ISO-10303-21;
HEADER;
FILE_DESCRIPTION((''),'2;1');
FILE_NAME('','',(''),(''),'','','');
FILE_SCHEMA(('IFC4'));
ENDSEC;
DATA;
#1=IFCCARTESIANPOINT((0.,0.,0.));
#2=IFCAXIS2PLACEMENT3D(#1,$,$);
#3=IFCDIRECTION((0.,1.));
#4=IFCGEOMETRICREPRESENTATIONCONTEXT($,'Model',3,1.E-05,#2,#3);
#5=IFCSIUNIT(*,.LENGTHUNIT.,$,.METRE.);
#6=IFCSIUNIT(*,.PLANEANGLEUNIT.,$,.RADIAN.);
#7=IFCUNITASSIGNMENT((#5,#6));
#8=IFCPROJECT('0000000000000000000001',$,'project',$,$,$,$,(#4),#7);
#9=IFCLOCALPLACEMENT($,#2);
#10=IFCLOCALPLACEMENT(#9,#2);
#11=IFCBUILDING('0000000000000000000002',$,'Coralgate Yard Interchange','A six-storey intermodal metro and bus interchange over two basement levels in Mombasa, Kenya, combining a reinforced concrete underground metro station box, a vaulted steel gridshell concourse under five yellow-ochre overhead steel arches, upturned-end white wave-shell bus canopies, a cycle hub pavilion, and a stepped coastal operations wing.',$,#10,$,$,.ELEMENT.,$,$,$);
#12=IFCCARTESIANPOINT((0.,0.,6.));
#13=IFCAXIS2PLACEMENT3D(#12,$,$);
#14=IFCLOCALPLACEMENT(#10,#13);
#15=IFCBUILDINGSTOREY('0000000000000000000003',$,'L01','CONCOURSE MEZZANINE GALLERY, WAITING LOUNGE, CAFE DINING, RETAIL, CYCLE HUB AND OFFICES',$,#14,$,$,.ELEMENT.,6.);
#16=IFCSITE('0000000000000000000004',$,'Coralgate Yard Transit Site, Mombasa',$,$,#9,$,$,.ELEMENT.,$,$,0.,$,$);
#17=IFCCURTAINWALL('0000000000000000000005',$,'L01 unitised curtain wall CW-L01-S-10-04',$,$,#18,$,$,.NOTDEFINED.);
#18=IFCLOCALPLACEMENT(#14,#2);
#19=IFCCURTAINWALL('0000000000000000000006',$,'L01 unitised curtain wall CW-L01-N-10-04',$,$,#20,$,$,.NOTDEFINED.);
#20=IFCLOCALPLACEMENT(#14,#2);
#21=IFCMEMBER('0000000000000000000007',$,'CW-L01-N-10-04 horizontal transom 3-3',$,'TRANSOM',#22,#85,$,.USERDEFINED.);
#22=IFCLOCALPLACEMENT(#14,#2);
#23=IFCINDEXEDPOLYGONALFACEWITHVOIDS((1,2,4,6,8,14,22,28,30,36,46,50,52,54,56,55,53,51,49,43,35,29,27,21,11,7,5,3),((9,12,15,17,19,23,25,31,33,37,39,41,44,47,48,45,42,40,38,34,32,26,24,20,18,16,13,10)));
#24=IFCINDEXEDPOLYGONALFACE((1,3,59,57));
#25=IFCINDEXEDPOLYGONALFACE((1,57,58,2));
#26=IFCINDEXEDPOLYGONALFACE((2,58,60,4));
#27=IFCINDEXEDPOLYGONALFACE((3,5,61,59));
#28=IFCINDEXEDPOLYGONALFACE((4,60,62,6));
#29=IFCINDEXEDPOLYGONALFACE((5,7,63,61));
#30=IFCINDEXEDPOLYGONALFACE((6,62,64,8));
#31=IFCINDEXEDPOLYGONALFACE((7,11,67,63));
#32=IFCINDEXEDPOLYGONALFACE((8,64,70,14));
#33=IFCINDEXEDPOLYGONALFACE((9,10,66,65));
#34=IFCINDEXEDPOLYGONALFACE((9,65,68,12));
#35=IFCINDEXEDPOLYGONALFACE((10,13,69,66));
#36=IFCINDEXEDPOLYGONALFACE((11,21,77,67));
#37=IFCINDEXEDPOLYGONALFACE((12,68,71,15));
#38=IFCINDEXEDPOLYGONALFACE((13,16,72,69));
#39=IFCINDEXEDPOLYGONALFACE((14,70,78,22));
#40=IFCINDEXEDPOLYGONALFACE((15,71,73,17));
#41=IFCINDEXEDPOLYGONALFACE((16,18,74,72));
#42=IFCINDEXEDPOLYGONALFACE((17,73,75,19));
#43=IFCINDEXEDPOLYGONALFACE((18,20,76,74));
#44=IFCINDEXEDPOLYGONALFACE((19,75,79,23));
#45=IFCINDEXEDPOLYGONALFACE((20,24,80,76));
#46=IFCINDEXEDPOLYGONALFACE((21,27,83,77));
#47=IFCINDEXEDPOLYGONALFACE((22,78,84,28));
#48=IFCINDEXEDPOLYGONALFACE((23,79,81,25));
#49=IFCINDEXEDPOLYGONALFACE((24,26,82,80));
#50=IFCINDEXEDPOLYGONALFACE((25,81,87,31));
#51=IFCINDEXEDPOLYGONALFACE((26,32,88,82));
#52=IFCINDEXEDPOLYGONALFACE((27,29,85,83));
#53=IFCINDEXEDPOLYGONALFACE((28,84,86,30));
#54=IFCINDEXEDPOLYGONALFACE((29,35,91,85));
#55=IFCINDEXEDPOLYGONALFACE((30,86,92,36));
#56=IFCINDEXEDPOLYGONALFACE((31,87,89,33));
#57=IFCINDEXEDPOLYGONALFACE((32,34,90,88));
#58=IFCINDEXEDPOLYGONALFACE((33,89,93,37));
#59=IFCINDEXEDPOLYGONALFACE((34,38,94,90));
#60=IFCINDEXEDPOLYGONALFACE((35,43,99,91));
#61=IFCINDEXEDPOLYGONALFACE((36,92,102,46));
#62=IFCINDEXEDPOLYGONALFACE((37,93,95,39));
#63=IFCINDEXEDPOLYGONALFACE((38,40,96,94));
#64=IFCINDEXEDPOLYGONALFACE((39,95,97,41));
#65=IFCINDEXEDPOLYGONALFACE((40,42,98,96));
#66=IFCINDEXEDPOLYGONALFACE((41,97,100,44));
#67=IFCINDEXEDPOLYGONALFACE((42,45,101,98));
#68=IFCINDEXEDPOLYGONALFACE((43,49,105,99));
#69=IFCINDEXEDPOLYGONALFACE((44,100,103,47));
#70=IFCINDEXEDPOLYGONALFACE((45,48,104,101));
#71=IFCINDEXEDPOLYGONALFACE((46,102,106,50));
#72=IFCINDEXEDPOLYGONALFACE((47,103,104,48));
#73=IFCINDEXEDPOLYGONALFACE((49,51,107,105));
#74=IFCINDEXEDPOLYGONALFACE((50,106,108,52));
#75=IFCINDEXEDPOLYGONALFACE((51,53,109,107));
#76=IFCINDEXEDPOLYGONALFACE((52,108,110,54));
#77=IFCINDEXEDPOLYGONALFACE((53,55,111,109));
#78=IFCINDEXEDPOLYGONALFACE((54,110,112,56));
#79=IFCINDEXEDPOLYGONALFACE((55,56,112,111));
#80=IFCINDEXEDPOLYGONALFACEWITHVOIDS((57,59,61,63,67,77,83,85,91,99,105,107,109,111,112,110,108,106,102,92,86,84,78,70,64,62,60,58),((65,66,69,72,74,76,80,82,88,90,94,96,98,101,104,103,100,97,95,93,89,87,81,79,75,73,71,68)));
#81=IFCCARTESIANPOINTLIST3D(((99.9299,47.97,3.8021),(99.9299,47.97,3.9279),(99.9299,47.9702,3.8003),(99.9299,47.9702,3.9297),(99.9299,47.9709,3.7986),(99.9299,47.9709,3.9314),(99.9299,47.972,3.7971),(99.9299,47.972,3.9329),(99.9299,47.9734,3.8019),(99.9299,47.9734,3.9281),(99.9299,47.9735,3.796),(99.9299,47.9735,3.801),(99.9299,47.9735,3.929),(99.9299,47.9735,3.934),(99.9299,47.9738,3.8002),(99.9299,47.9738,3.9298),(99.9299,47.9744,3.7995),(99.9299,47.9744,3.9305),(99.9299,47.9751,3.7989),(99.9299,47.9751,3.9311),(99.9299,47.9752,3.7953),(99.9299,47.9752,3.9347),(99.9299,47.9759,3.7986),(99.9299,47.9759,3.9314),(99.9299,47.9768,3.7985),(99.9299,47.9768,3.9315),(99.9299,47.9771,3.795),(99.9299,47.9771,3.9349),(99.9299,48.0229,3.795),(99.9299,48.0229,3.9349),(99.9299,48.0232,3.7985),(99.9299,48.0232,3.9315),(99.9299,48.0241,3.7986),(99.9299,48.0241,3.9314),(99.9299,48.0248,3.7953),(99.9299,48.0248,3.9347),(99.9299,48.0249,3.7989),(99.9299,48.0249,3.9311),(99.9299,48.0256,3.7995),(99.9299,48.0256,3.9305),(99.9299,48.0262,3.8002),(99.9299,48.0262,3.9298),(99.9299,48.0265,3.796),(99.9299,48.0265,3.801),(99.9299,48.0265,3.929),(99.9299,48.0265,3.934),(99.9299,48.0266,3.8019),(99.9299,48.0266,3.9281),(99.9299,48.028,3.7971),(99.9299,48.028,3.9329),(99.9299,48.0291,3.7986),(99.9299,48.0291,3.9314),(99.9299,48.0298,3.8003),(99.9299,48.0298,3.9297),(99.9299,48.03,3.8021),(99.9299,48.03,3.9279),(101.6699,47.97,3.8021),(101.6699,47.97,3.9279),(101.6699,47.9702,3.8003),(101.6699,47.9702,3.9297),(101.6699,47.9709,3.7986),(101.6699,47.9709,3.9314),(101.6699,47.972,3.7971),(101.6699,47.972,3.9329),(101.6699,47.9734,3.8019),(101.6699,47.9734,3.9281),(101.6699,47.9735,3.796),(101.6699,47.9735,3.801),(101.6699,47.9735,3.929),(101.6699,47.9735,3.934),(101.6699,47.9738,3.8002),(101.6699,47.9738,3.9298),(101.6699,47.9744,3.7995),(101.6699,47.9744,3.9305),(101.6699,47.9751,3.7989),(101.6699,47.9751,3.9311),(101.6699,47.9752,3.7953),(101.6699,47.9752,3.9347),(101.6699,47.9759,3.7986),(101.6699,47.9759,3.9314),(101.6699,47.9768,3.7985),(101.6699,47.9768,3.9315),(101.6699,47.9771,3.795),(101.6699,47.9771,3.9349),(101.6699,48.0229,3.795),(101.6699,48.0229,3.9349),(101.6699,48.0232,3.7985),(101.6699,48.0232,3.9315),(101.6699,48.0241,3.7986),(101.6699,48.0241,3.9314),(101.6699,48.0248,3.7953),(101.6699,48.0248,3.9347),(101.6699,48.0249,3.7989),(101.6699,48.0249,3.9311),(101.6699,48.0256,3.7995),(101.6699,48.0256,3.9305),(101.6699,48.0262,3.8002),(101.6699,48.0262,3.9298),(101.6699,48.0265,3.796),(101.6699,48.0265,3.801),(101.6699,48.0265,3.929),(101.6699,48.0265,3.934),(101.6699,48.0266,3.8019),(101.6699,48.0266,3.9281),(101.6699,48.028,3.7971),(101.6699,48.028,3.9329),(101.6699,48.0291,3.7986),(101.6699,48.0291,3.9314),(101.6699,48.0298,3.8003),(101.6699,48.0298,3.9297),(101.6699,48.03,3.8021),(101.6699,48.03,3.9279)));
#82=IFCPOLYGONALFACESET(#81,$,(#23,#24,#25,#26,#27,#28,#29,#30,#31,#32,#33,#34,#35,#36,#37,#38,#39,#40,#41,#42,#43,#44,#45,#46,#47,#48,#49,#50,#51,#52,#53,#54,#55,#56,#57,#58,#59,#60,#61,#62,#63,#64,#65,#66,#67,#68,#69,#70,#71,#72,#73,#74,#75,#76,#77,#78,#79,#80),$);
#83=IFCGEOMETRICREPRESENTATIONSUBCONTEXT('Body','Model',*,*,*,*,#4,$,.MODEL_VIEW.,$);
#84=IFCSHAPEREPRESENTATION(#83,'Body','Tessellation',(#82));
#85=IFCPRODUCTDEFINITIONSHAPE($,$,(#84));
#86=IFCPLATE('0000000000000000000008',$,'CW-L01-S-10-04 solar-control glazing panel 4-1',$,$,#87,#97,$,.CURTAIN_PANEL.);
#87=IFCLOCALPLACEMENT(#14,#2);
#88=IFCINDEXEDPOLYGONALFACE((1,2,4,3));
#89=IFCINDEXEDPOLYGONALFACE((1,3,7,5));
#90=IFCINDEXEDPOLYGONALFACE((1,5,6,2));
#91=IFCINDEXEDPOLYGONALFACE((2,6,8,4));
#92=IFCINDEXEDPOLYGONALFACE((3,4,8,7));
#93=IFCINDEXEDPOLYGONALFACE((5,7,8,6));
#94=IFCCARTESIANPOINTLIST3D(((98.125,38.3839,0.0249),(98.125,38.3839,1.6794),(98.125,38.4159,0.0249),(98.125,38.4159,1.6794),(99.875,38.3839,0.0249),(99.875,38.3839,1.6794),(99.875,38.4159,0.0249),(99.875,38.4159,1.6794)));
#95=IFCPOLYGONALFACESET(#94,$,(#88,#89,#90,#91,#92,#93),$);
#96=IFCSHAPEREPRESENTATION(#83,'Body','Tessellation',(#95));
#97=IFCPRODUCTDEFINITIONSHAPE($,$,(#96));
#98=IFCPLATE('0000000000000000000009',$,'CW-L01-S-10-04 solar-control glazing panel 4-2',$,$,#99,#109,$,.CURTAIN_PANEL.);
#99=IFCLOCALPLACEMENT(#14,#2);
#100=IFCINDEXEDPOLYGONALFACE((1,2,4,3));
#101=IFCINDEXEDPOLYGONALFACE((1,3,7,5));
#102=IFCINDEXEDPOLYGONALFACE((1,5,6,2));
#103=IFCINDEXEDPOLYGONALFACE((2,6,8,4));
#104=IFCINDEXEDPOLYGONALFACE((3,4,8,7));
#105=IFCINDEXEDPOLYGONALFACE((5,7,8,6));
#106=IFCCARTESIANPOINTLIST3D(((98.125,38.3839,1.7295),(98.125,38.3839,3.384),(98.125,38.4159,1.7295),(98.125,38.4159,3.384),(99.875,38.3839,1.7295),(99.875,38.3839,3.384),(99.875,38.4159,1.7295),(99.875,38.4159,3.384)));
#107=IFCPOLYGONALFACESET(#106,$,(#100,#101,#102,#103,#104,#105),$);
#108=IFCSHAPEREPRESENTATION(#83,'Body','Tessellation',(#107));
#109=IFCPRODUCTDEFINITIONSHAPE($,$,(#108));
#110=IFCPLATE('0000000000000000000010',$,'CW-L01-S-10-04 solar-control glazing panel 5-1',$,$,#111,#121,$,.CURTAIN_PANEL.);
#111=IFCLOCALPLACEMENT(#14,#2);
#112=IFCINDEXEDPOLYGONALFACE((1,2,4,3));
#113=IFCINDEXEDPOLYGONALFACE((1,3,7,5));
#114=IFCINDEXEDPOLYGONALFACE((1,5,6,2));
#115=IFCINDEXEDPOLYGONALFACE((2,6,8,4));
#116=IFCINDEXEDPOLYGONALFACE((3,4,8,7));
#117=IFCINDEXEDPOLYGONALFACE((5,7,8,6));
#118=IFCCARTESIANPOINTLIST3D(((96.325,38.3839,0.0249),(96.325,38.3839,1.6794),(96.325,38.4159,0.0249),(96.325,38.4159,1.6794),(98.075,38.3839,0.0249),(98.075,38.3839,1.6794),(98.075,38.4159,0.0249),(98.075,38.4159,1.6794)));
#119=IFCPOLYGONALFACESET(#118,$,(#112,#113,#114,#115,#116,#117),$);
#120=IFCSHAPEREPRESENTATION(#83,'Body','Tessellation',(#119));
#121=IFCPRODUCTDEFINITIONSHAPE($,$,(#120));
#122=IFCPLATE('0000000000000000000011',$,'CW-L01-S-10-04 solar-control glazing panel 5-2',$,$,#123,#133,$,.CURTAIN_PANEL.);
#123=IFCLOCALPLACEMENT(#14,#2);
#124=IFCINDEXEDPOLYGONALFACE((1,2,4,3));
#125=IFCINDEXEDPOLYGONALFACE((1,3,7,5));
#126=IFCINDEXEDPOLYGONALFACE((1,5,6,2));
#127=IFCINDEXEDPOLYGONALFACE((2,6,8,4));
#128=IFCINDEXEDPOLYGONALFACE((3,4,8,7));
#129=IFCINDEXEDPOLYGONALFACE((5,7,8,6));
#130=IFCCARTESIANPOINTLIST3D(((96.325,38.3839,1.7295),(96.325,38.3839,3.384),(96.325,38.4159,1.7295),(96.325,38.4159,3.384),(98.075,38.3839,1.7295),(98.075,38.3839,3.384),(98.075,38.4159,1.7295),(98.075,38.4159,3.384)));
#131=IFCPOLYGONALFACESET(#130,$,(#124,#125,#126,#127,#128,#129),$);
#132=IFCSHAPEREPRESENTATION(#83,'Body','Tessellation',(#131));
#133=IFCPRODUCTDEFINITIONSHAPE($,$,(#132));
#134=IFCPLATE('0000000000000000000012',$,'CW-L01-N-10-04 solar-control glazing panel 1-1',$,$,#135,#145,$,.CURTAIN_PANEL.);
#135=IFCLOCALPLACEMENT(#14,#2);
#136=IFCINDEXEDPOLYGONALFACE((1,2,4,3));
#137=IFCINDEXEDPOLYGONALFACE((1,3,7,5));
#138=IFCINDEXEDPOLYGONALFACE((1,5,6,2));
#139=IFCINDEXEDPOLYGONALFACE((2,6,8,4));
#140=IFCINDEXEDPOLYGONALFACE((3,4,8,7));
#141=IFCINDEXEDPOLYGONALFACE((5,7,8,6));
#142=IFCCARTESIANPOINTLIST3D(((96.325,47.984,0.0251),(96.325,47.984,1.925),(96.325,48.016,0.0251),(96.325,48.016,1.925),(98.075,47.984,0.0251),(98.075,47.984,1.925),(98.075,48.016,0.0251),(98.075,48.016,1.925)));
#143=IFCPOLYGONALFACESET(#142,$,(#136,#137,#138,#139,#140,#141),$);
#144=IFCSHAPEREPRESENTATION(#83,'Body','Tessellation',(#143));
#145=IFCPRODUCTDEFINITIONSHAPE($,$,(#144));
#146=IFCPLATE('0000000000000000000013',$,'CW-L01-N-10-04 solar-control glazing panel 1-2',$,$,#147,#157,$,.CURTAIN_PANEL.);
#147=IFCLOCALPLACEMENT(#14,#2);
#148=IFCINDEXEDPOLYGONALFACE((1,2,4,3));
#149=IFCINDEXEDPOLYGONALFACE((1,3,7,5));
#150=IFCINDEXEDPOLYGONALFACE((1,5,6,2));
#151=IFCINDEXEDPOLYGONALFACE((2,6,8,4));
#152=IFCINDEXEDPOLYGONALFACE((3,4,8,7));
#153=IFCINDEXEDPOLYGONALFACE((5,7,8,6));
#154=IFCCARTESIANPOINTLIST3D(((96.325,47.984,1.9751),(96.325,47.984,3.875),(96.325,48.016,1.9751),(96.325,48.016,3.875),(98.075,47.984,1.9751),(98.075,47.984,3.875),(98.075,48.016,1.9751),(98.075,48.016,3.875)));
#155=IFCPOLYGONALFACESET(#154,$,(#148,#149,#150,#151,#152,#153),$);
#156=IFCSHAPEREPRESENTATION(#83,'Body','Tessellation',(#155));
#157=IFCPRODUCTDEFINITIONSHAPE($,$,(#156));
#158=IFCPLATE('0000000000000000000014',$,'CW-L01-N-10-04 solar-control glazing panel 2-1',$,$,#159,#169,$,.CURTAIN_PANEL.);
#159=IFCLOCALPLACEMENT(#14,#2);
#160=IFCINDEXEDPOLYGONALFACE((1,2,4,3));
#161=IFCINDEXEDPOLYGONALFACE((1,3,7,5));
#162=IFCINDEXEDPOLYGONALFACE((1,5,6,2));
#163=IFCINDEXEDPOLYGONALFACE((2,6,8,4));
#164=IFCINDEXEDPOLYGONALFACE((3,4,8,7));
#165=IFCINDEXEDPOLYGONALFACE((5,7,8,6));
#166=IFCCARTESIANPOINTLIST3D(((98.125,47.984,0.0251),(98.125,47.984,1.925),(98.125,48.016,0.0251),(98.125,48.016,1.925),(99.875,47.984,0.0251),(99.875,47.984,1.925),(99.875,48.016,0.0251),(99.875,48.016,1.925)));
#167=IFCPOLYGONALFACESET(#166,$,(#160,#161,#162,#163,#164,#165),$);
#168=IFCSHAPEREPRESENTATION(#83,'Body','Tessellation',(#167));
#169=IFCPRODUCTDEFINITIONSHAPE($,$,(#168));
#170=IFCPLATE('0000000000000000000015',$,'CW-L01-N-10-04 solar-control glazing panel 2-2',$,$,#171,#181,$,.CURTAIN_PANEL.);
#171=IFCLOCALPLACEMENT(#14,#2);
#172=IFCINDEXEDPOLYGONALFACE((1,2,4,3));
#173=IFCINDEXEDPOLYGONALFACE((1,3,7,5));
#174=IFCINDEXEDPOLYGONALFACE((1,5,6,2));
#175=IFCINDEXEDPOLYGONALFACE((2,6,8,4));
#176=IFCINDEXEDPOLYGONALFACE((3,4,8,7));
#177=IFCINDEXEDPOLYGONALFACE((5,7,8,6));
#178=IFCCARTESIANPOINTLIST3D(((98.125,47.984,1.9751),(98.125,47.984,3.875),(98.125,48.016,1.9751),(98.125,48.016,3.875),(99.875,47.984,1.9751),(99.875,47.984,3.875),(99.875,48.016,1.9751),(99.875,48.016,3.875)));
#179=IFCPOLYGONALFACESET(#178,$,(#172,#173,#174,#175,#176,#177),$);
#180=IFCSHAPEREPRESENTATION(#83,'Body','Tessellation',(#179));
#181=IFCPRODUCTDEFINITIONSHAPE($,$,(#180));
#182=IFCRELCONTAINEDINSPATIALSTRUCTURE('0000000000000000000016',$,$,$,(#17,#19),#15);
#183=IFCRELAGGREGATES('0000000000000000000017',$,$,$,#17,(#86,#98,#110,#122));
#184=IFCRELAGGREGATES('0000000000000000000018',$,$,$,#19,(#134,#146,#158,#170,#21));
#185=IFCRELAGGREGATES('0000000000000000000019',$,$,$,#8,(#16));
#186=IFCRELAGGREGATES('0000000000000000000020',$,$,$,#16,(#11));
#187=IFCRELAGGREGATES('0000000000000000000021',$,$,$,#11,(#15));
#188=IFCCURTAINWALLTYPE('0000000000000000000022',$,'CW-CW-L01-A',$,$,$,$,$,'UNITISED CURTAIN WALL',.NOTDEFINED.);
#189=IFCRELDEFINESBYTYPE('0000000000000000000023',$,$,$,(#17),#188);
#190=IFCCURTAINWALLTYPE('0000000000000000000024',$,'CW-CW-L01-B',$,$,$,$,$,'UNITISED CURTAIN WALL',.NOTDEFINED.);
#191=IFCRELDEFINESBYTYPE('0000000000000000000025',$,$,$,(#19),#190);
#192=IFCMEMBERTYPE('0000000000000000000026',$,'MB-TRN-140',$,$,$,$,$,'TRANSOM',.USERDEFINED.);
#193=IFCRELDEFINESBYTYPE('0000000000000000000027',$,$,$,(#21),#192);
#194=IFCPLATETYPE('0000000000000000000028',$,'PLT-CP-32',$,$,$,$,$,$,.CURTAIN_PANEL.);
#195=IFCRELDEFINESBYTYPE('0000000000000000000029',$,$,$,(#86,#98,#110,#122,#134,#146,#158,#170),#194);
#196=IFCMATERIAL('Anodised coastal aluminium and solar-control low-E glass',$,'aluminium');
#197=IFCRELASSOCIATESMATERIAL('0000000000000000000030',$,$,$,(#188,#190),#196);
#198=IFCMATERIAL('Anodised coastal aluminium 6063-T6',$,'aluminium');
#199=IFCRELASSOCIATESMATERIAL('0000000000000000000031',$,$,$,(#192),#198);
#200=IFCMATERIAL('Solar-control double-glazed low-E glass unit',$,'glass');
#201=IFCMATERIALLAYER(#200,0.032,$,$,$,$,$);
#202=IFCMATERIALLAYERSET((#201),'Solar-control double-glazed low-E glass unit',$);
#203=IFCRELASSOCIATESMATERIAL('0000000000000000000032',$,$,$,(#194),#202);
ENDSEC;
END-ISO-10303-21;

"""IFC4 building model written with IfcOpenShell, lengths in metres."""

from ifc_helpers import new_model, si_unit, direction, frame, origin, origin_2d, place, context, subcontext, project, spatial, rectangle, hollow_rectangle, extrude, material, layer, layer_set, material_profile, profile_set, type_object, element, aggregate, save


model = new_model("IFC4")

# Units and contexts
model_context = context("Model", 3, precision=1e-05, world=origin(), true_north=direction((0.0, 1.0)))
body_context = subcontext(model_context, "Body", "Model", "MODEL_VIEW")
ifc_project = project(units=[si_unit("LENGTHUNIT", "METRE"), si_unit("PLANEANGLEUNIT", "RADIAN")], contexts=[model_context])

# Site, building, storey
site_placement = place(None, origin())
site = spatial("IfcSite", under=ifc_project, at=site_placement, Name="Coralgate Yard Transit Site, Mombasa", CompositionType="ELEMENT", RefElevation=0.0)
building_placement = place(site_placement, origin())
building = spatial("IfcBuilding", under=site, at=building_placement, Name="Coralgate Yard Interchange", Description="A six-storey intermodal metro and bus interchange over two basement levels in Mombasa, Kenya, combining a reinforced concrete underground metro station box, a vaulted steel gridshell concourse under five yellow-ochre overhead steel arches, upturned-end white wave-shell bus canopies, a cycle hub pavilion, and a stepped coastal operations wing.", CompositionType="ELEMENT")
storey_placement = place(building_placement, frame((0.0, 0.0, 6.0)))
storey = spatial("IfcBuildingStorey", under=building, at=storey_placement, Name="L01", Description="CONCOURSE MEZZANINE GALLERY, WAITING LOUNGE, CAFE DINING, RETAIL, CYCLE HUB AND OFFICES", CompositionType="ELEMENT", Elevation=6.0)

# Curtain walls
ifc_material_1 = material(Name="Anodised coastal aluminium and solar-control low-E glass", Category="aluminium")
curtain_wall_type_1 = type_object("IfcCurtainWallType", Name="CW-CW-L01-A", ElementType="UNITISED CURTAIN WALL", PredefinedType="NOTDEFINED", material=ifc_material_1)
curtain_wall_1_placement = place(storey_placement, origin())
curtain_wall_1 = element("IfcCurtainWall", 1, at=curtain_wall_1_placement, inside=storey, type_object=curtain_wall_type_1, Name="L01 unitised curtain wall CW-L01-S-10-04", PredefinedType="NOTDEFINED")
ifc_material_2 = material(Name="Anodised coastal aluminium 6063-T6", Category="aluminium")
curtain_wall_type_2 = type_object("IfcCurtainWallType", Name="CW-CW-L01-B", ElementType="UNITISED CURTAIN WALL", PredefinedType="NOTDEFINED", material=ifc_material_1)
curtain_wall_2_placement = place(storey_placement, origin())
curtain_wall_2 = element("IfcCurtainWall", 2, at=curtain_wall_2_placement, inside=storey, type_object=curtain_wall_type_2, Name="L01 unitised curtain wall CW-L01-N-10-04", PredefinedType="NOTDEFINED")

# Member
ifc_material_profile_1 = material_profile(ifc_material_2, hollow_rectangle(XDim=0.0601, YDim=0.1399, WallThickness=0.0034, InnerFilletRadius=0.0034, OuterFilletRadius=0.0071, at=origin_2d()), Name="ALU 60x140x3.5")
ifc_profile_set_1 = profile_set([ifc_material_profile_1], Name="Anodised coastal aluminium 6063-T6")
member_type_1 = type_object("IfcMemberType", Name="MB-TRN-140", ElementType="TRANSOM", PredefinedType="USERDEFINED", material=ifc_profile_set_1)
member_1_placement = place(storey_placement, frame((99.9299, 48.0, 3.865), z_axis=(1.0, 0.0, 0.0), x_axis=(0.0, 1.0, 0.0)))
member_1 = element("IfcMember", 3, at=member_1_placement, type_object=member_type_1, Name="CW-L01-N-10-04 horizontal transom 3-3", ObjectType="TRANSOM", PredefinedType="USERDEFINED", context=body_context, shape_type="SweptSolid", body=[
    extrude(hollow_rectangle(XDim=0.0601, YDim=0.1399, WallThickness=0.0034, InnerFilletRadius=0.0034, OuterFilletRadius=0.0071, at=origin_2d()), origin(), (0.0, 0.0, 1.0), 1.74),
])

# Plates
ifc_material_3 = material(Name="Solar-control double-glazed low-E glass unit", Category="glass")
ifc_layer_1 = layer(ifc_material_3, 0.032)
ifc_layer_set_1 = layer_set([ifc_layer_1], Name="Solar-control double-glazed low-E glass unit")
plate_type = type_object("IfcPlateType", Name="PLT-CP-32", PredefinedType="CURTAIN_PANEL", material=ifc_layer_set_1)
plate_1_placement = place(storey_placement, frame((99.0, 38.3999, 0.0249), z_axis=(0.0, 0.0, 1.0), x_axis=(-1.0, 0.0, 0.0)))
plate_1 = element("IfcPlate", 4, at=plate_1_placement, type_object=plate_type, Name="CW-L01-S-10-04 solar-control glazing panel 4-1", PredefinedType="CURTAIN_PANEL", context=body_context, shape_type="SweptSolid", body=[
    extrude(rectangle(XDim=1.75, YDim=0.032, at=origin_2d()), origin(), (0.0, 0.0, 1.0), 1.6545),
])
plate_2_placement = place(storey_placement, frame((99.0, 38.3999, 1.7295), z_axis=(0.0, 0.0, 1.0), x_axis=(-1.0, 0.0, 0.0)))
plate_2 = element("IfcPlate", 5, at=plate_2_placement, type_object=plate_type, Name="CW-L01-S-10-04 solar-control glazing panel 4-2", PredefinedType="CURTAIN_PANEL", context=body_context, shape_type="SweptSolid", body=[
    extrude(rectangle(XDim=1.75, YDim=0.032, at=origin_2d()), origin(), (0.0, 0.0, 1.0), 1.6545),
])
plate_3_placement = place(storey_placement, frame((97.2, 38.3999, 0.0249), z_axis=(0.0, 0.0, 1.0), x_axis=(-1.0, 0.0, 0.0)))
plate_3 = element("IfcPlate", 6, at=plate_3_placement, type_object=plate_type, Name="CW-L01-S-10-04 solar-control glazing panel 5-1", PredefinedType="CURTAIN_PANEL", context=body_context, shape_type="SweptSolid", body=[
    extrude(rectangle(XDim=1.75, YDim=0.032, at=origin_2d()), origin(), (0.0, 0.0, 1.0), 1.6545),
])
plate_4_placement = place(storey_placement, frame((97.2, 38.3999, 1.7295), z_axis=(0.0, 0.0, 1.0), x_axis=(-1.0, 0.0, 0.0)))
plate_4 = element("IfcPlate", 7, at=plate_4_placement, type_object=plate_type, Name="CW-L01-S-10-04 solar-control glazing panel 5-2", PredefinedType="CURTAIN_PANEL", context=body_context, shape_type="SweptSolid", body=[
    extrude(rectangle(XDim=1.75, YDim=0.032, at=origin_2d()), origin(), (0.0, 0.0, 1.0), 1.6545),
])
aggregate(curtain_wall_1, [plate_1, plate_2, plate_3, plate_4])
plate_5_placement = place(storey_placement, frame((97.2, 48.0, 0.0251), z_axis=(0.0, 0.0, 1.0), x_axis=(1.0, 0.0, 0.0)))
plate_5 = element("IfcPlate", 8, at=plate_5_placement, type_object=plate_type, Name="CW-L01-N-10-04 solar-control glazing panel 1-1", PredefinedType="CURTAIN_PANEL", context=body_context, shape_type="SweptSolid", body=[
    extrude(rectangle(XDim=1.75, YDim=0.032, at=origin_2d()), origin(), (0.0, 0.0, 1.0), 1.8999),
])
plate_6_placement = place(storey_placement, frame((97.2, 48.0, 1.9751), z_axis=(0.0, 0.0, 1.0), x_axis=(1.0, 0.0, 0.0)))
plate_6 = element("IfcPlate", 9, at=plate_6_placement, type_object=plate_type, Name="CW-L01-N-10-04 solar-control glazing panel 1-2", PredefinedType="CURTAIN_PANEL", context=body_context, shape_type="SweptSolid", body=[
    extrude(rectangle(XDim=1.75, YDim=0.032, at=origin_2d()), origin(), (0.0, 0.0, 1.0), 1.8999),
])
plate_7_placement = place(storey_placement, frame((99.0, 48.0, 0.0251), z_axis=(0.0, 0.0, 1.0), x_axis=(1.0, 0.0, 0.0)))
plate_7 = element("IfcPlate", 10, at=plate_7_placement, type_object=plate_type, Name="CW-L01-N-10-04 solar-control glazing panel 2-1", PredefinedType="CURTAIN_PANEL", context=body_context, shape_type="SweptSolid", body=[
    extrude(rectangle(XDim=1.75, YDim=0.032, at=origin_2d()), origin(), (0.0, 0.0, 1.0), 1.8999),
])
plate_8_placement = place(storey_placement, frame((99.0, 48.0, 1.9751), z_axis=(0.0, 0.0, 1.0), x_axis=(1.0, 0.0, 0.0)))
plate_8 = element("IfcPlate", 11, at=plate_8_placement, type_object=plate_type, Name="CW-L01-N-10-04 solar-control glazing panel 2-2", PredefinedType="CURTAIN_PANEL", context=body_context, shape_type="SweptSolid", body=[
    extrude(rectangle(XDim=1.75, YDim=0.032, at=origin_2d()), origin(), (0.0, 0.0, 1.0), 1.8999),
])
aggregate(curtain_wall_2, [plate_5, plate_6, plate_7, plate_8, member_1])

save(model, "model.ifc")
